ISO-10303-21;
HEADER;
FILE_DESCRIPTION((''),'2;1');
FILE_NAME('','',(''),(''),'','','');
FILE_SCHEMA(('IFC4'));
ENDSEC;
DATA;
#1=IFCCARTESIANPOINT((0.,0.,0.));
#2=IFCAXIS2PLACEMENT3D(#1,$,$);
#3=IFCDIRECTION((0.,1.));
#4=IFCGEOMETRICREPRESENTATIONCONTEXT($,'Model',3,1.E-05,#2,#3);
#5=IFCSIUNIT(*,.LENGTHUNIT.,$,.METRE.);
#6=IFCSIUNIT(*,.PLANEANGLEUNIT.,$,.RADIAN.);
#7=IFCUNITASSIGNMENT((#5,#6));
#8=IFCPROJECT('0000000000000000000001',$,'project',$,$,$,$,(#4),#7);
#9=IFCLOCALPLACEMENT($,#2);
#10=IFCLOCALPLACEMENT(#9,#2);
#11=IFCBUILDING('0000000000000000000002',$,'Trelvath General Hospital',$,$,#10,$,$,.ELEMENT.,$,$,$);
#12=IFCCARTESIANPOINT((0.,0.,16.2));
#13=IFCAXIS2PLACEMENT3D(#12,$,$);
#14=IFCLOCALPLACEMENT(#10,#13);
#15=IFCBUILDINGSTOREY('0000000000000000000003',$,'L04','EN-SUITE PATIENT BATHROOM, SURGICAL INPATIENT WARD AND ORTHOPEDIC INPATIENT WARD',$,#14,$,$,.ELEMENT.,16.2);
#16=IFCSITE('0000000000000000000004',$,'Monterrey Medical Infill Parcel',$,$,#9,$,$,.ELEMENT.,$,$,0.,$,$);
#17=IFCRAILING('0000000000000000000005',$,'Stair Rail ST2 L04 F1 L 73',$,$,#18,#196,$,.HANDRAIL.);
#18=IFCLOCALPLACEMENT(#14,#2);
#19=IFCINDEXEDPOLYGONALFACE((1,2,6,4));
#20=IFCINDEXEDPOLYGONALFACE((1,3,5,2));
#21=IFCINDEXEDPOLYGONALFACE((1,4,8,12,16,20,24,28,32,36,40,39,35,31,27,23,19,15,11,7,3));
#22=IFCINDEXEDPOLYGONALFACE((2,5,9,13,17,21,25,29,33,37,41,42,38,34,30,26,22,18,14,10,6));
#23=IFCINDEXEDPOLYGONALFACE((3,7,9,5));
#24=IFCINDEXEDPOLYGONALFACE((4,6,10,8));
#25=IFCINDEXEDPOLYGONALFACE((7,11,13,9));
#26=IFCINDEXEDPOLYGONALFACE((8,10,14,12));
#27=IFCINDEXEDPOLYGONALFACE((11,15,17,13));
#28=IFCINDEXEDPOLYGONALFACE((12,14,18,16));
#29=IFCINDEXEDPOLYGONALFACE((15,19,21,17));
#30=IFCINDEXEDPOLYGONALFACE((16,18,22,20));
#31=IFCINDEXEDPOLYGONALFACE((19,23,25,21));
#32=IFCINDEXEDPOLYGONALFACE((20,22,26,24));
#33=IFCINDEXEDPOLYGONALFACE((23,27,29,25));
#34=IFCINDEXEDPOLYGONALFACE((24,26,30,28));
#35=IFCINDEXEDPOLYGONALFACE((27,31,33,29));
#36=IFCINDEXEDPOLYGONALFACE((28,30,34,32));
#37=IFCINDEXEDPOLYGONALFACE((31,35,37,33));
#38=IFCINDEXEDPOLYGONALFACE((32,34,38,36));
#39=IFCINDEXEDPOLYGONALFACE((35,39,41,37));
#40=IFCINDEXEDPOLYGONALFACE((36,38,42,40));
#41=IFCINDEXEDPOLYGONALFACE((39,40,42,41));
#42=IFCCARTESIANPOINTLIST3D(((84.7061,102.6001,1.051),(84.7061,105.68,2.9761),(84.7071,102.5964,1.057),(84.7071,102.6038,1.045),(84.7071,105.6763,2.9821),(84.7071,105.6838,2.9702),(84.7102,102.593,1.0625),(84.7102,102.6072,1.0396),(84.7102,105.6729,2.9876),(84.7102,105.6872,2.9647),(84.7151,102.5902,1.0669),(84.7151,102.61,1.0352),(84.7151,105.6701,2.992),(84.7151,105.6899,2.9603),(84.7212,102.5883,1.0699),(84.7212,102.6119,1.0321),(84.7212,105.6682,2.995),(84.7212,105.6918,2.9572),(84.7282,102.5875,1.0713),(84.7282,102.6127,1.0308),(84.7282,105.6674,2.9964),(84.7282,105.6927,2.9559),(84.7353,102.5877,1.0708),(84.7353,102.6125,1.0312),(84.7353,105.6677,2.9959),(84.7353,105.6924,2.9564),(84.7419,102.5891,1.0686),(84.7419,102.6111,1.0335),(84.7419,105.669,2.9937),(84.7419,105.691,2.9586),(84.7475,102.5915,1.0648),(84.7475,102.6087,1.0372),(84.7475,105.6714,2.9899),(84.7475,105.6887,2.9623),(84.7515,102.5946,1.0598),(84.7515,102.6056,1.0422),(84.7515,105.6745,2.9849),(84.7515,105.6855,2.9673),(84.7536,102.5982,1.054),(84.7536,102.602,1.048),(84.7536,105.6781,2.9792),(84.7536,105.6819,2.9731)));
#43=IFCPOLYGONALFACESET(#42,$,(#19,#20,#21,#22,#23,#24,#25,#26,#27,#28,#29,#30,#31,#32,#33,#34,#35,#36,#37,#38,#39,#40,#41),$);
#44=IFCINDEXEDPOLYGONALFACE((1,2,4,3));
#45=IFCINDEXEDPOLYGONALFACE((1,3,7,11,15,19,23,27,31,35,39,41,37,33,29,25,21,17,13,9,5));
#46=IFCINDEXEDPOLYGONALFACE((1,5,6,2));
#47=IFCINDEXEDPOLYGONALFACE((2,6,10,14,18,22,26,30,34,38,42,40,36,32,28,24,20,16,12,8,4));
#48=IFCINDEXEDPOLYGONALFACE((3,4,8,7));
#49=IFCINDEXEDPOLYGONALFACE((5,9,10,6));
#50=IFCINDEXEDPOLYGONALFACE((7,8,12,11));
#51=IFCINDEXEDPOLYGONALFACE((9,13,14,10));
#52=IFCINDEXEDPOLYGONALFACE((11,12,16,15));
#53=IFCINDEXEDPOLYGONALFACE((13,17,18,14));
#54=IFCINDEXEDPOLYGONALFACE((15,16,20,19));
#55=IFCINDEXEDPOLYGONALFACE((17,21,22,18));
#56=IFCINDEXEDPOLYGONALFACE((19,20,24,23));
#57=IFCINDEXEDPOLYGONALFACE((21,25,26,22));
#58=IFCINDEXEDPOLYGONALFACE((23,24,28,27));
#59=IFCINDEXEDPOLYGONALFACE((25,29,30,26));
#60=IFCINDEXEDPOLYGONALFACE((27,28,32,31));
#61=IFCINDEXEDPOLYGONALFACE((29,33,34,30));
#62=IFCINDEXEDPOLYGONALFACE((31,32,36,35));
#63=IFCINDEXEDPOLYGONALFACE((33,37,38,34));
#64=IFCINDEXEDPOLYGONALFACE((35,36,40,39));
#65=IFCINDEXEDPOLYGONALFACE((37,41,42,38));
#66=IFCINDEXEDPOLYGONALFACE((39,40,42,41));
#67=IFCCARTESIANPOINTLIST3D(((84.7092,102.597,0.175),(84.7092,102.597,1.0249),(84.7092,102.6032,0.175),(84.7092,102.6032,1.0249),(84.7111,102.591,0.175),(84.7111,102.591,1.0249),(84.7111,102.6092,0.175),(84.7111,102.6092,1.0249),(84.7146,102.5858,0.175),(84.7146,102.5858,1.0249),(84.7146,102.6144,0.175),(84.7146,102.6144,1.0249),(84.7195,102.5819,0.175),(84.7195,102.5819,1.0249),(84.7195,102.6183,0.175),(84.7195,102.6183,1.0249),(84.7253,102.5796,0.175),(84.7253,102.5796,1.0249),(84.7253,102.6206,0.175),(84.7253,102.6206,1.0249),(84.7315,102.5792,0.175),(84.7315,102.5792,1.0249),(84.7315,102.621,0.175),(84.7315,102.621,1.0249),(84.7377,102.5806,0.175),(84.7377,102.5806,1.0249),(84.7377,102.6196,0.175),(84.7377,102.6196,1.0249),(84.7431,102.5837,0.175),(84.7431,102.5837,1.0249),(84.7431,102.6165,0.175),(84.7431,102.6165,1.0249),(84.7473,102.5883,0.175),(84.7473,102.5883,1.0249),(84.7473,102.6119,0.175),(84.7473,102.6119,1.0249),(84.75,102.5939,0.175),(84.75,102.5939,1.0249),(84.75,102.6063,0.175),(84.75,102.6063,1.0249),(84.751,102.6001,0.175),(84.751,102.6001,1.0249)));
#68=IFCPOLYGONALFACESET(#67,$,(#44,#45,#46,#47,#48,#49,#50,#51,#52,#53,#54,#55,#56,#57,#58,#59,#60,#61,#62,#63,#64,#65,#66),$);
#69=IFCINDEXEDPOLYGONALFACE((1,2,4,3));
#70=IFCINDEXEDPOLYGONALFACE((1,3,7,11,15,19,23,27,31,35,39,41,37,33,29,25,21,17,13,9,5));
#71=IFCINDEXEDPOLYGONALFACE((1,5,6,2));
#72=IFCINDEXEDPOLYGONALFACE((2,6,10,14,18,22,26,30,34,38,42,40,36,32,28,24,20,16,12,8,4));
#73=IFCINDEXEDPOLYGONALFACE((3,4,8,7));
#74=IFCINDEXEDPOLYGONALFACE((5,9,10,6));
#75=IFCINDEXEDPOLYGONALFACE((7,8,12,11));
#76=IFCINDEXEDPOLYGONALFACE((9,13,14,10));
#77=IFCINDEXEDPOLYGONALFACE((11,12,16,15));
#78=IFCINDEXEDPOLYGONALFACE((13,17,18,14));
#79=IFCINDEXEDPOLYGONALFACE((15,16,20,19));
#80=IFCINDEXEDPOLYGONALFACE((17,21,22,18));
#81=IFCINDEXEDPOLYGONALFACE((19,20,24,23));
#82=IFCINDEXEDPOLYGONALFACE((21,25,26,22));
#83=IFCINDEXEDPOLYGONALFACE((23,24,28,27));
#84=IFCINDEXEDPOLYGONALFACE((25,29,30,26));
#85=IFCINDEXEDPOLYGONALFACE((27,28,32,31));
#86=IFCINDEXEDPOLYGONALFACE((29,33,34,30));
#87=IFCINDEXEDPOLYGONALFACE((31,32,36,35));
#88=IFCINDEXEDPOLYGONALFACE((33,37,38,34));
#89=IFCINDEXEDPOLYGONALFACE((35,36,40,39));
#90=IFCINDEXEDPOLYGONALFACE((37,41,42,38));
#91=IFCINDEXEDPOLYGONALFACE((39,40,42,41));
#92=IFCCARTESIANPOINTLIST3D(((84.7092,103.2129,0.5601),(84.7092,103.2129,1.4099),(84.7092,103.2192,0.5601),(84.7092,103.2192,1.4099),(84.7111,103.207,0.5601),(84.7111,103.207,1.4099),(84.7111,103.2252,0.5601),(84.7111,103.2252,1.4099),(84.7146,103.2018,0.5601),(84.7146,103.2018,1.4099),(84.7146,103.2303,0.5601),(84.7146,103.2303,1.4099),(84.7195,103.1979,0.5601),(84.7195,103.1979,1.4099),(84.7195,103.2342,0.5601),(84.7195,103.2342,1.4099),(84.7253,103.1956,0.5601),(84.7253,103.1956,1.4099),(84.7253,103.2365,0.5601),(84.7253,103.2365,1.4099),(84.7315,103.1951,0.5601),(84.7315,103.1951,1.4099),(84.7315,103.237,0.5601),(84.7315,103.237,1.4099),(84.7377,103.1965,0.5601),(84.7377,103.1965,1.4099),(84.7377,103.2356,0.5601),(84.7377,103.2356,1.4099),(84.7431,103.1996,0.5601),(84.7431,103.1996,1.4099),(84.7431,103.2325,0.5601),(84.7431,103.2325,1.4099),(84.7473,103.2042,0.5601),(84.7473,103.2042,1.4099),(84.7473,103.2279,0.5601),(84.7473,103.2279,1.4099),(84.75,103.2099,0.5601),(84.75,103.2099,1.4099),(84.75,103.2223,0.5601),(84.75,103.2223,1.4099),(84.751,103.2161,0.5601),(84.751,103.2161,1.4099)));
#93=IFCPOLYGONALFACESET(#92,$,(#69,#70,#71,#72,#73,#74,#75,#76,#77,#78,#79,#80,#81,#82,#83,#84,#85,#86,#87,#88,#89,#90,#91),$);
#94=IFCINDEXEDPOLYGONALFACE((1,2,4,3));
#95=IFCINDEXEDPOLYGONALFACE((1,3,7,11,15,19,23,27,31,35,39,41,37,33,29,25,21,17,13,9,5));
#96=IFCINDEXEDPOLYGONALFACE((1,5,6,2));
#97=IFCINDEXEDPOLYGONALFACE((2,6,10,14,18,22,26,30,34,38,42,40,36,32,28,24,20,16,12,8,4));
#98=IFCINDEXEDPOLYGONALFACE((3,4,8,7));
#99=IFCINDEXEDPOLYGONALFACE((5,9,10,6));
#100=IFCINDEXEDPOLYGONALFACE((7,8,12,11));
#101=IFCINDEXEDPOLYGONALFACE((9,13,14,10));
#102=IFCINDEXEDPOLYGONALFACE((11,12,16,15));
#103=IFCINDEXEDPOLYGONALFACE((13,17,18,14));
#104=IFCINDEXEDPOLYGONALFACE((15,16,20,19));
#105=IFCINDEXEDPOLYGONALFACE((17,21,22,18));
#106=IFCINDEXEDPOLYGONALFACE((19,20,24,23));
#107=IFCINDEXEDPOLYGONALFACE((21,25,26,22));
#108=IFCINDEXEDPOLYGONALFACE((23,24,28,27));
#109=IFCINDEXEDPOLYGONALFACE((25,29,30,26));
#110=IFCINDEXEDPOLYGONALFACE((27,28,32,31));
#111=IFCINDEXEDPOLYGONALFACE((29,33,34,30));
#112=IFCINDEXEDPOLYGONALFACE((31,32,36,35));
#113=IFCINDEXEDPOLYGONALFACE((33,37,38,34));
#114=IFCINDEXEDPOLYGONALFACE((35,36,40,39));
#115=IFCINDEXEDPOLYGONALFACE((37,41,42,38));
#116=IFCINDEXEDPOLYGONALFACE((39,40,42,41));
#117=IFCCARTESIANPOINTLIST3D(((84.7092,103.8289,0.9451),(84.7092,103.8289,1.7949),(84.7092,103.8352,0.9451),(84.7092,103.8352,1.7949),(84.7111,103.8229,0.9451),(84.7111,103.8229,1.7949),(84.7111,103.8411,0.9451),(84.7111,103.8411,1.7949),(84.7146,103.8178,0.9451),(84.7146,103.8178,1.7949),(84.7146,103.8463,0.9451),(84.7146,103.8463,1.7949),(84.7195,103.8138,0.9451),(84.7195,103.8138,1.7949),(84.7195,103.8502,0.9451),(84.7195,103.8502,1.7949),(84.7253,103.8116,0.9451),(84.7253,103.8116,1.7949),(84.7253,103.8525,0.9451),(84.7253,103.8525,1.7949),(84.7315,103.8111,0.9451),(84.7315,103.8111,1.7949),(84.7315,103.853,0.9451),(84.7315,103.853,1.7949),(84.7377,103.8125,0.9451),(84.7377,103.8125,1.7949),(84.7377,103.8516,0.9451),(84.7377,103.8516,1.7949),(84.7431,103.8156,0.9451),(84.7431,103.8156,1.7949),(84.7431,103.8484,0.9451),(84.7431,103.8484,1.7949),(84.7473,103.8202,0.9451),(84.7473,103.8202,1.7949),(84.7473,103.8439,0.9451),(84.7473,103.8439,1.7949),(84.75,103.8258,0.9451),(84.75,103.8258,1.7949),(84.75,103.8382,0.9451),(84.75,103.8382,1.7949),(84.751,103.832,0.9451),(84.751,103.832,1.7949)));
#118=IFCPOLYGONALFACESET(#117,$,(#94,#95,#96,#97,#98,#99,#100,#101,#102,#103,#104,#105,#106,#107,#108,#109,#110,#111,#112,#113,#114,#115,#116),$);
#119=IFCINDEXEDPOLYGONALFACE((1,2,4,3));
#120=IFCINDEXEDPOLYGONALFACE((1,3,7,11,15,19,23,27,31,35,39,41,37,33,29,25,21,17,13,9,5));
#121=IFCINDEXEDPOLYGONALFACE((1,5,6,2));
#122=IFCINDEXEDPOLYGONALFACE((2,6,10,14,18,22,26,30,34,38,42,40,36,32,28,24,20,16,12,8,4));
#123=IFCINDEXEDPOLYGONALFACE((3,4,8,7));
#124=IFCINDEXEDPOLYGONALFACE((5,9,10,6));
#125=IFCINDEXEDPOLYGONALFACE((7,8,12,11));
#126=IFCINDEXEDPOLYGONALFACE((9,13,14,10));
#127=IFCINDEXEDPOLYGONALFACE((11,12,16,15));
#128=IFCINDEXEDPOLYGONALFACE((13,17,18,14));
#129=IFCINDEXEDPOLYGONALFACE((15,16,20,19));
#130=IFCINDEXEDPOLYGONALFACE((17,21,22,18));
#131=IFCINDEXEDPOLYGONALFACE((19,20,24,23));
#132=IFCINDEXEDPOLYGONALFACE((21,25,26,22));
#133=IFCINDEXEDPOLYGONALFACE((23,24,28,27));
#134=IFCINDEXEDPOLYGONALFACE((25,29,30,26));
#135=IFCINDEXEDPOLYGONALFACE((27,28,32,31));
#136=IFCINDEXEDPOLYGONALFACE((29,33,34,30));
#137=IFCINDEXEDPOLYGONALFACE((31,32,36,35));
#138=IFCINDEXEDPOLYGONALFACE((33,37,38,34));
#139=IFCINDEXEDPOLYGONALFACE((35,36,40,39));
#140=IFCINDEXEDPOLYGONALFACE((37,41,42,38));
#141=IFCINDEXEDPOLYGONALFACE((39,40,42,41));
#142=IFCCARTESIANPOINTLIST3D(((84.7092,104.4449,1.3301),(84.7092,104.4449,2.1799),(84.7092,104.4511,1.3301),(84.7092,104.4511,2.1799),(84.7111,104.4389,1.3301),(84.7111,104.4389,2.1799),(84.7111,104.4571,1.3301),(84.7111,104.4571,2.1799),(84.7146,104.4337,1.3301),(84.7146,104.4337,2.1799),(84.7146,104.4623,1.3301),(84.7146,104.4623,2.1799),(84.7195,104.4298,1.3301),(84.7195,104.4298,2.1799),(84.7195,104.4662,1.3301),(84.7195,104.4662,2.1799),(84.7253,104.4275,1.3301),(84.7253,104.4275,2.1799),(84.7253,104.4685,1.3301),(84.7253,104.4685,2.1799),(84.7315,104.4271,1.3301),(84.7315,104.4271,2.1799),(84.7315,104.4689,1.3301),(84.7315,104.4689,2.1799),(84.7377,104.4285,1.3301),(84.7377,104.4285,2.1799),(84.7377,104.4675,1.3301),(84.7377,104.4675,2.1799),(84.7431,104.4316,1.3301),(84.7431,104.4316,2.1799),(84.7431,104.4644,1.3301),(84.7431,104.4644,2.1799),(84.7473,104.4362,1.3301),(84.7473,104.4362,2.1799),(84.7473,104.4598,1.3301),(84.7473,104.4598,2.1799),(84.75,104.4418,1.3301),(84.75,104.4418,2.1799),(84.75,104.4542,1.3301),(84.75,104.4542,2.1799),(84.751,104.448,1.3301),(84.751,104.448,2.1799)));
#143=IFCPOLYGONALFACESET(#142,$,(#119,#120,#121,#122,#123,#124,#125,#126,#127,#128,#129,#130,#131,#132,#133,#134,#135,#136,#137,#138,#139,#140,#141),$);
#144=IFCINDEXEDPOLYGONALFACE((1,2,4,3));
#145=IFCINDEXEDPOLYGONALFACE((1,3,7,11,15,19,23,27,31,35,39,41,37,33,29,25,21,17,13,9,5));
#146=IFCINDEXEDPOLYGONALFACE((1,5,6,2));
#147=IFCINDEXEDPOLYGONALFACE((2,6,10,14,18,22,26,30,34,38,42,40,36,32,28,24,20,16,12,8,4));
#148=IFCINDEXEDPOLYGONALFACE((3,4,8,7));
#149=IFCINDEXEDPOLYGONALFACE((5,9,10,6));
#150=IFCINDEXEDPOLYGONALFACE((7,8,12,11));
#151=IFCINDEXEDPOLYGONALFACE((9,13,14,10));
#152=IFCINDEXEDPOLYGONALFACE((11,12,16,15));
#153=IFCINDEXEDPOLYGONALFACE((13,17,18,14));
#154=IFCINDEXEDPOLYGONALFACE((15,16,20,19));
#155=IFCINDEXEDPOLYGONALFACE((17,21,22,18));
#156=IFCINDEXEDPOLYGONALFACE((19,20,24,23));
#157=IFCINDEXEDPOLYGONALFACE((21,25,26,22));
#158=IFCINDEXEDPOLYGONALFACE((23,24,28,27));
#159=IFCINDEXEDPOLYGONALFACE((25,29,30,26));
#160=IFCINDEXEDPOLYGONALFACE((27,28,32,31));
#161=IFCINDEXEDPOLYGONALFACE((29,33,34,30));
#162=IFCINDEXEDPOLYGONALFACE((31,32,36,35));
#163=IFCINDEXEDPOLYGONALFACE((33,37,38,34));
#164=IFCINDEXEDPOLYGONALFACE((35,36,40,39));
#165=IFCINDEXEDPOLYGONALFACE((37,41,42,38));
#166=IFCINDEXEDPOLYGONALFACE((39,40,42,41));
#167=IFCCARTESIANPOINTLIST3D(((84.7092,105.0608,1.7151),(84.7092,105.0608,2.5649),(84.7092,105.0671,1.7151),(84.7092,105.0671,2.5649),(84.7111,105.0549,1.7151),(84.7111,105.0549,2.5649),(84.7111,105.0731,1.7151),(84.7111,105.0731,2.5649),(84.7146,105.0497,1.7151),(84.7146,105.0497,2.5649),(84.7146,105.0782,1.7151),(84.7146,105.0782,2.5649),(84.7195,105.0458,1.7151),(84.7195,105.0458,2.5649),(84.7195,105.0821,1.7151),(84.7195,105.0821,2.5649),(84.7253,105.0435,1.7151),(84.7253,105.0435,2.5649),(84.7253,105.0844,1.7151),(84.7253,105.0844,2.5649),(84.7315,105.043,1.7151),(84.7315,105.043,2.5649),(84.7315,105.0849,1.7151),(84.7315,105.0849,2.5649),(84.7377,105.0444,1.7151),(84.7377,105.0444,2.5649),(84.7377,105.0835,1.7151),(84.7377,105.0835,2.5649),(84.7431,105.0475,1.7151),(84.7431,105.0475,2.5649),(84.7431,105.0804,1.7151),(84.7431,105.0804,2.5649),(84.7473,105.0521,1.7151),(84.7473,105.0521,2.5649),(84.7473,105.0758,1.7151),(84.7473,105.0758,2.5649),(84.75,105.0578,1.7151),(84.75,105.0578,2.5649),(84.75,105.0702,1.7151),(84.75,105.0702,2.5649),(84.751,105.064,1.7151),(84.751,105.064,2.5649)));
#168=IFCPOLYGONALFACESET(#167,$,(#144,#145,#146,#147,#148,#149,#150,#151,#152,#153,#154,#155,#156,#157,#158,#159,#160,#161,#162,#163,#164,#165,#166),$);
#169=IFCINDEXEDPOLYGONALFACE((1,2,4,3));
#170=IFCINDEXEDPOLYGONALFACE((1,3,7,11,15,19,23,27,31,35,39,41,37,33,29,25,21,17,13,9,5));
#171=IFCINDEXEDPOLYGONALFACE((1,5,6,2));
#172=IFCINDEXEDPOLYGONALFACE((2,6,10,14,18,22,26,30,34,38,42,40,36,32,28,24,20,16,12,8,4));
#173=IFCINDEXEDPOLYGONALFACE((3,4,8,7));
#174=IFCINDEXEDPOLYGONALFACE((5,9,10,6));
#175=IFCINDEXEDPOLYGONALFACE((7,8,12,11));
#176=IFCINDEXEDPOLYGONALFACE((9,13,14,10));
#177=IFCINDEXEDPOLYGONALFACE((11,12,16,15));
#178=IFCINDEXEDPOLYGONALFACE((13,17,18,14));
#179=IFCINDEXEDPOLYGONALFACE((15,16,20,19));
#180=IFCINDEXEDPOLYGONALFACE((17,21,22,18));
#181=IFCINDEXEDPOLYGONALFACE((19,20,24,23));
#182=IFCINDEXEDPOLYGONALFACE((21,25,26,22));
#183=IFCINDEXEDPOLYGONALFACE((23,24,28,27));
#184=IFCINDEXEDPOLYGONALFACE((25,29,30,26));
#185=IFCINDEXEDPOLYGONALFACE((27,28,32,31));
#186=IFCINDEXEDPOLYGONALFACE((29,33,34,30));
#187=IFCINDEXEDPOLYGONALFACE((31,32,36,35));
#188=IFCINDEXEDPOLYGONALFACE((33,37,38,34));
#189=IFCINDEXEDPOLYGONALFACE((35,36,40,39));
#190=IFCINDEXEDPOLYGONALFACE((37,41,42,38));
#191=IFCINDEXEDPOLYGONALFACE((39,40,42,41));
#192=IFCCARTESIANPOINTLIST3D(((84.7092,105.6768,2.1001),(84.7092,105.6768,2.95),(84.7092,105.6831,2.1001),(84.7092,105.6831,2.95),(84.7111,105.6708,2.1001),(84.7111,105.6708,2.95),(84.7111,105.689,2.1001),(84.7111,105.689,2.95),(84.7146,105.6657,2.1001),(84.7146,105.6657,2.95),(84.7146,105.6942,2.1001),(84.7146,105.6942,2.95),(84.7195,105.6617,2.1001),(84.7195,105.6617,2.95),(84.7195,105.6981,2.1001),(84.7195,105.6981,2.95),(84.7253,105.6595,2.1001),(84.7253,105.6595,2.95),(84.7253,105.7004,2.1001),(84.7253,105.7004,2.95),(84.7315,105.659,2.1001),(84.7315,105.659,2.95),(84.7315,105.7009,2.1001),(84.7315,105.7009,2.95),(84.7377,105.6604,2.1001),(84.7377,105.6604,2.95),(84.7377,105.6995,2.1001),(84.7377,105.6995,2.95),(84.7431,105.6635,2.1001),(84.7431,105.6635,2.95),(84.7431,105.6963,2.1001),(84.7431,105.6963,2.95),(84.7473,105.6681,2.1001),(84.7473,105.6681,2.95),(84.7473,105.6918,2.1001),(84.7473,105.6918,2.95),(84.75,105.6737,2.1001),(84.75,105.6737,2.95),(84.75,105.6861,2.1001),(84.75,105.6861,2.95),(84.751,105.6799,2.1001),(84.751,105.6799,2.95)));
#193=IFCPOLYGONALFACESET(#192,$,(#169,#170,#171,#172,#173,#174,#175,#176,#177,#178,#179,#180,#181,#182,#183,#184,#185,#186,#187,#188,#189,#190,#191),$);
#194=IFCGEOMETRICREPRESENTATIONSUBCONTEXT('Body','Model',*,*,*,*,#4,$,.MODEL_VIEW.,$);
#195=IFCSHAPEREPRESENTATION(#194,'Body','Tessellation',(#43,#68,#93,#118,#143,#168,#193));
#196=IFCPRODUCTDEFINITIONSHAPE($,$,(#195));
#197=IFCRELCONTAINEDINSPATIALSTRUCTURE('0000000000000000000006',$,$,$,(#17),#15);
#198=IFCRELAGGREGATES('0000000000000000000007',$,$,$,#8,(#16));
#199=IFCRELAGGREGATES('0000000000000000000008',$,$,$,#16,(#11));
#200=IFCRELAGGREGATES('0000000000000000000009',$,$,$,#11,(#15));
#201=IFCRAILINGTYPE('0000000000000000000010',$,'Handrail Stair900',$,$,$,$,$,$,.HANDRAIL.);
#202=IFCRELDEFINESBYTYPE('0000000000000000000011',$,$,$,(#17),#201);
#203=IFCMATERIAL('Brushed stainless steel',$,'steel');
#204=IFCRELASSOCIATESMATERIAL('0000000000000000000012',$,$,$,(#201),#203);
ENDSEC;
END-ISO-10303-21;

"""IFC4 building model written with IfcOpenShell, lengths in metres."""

from ifc_helpers import new_model, si_unit, direction, frame, origin, origin_2d, place, context, subcontext, project, spatial, circle, extrude, material, type_object, element, save


model = new_model("IFC4")

# Units and contexts
model_context = context("Model", 3, precision=1e-05, world=origin(), true_north=direction((0.0, 1.0)))
body_context = subcontext(model_context, "Body", "Model", "MODEL_VIEW")
ifc_project = project(units=[si_unit("LENGTHUNIT", "METRE"), si_unit("PLANEANGLEUNIT", "RADIAN")], contexts=[model_context])

# Site, building, storey
site_placement = place(None, origin())
site = spatial("IfcSite", under=ifc_project, at=site_placement, Name="Monterrey Medical Infill Parcel", CompositionType="ELEMENT", RefElevation=0.0)
building_placement = place(site_placement, origin())
building = spatial("IfcBuilding", under=site, at=building_placement, Name="Trelvath General Hospital", CompositionType="ELEMENT")
storey_placement = place(building_placement, frame((0.0, 0.0, 16.2)))
storey = spatial("IfcBuildingStorey", under=building, at=storey_placement, Name="L04", Description="EN-SUITE PATIENT BATHROOM, SURGICAL INPATIENT WARD AND ORTHOPEDIC INPATIENT WARD", CompositionType="ELEMENT", Elevation=16.2)

# Railing
ifc_material_1 = material(Name="Brushed stainless steel", Category="steel")
railing_type_1 = type_object("IfcRailingType", Name="Handrail Stair900", PredefinedType="HANDRAIL", material=ifc_material_1)
railing_1_placement = place(storey_placement, frame((84.73, 102.6001, 0.175)))
element("IfcRailing", 1, at=railing_1_placement, inside=storey, type_object=railing_type_1, Name="Stair Rail ST2 L04 F1 L 73", PredefinedType="HANDRAIL", context=body_context, shape_type="SweptSolid", body=[
    extrude(circle(Radius=0.0239, at=origin_2d()), frame((0.0, 0.0, 0.876), z_axis=(0.0, 0.847979, 0.530029), x_axis=(-1.0, 0.0, 0.0)), (0.0, 0.0, 1.0), 3.6321),
    extrude(circle(Radius=0.021, at=origin_2d()), origin(), (0.0, 0.0, 1.0), 0.8499),
    extrude(circle(Radius=0.021, at=origin_2d()), frame((0.0, 0.616, 0.385)), (0.0, 0.0, 1.0), 0.8499),
    extrude(circle(Radius=0.021, at=origin_2d()), frame((0.0, 1.2319, 0.77)), (0.0, 0.0, 1.0), 0.8499),
    extrude(circle(Radius=0.021, at=origin_2d()), frame((0.0, 1.8479, 1.155)), (0.0, 0.0, 1.0), 0.8499),
    extrude(circle(Radius=0.021, at=origin_2d()), frame((0.0, 2.4639, 1.54)), (0.0, 0.0, 1.0), 0.8499),
    extrude(circle(Radius=0.021, at=origin_2d()), frame((0.0, 3.0798, 1.925)), (0.0, 0.0, 1.0), 0.8499),
])

save(model, "model.ifc")
